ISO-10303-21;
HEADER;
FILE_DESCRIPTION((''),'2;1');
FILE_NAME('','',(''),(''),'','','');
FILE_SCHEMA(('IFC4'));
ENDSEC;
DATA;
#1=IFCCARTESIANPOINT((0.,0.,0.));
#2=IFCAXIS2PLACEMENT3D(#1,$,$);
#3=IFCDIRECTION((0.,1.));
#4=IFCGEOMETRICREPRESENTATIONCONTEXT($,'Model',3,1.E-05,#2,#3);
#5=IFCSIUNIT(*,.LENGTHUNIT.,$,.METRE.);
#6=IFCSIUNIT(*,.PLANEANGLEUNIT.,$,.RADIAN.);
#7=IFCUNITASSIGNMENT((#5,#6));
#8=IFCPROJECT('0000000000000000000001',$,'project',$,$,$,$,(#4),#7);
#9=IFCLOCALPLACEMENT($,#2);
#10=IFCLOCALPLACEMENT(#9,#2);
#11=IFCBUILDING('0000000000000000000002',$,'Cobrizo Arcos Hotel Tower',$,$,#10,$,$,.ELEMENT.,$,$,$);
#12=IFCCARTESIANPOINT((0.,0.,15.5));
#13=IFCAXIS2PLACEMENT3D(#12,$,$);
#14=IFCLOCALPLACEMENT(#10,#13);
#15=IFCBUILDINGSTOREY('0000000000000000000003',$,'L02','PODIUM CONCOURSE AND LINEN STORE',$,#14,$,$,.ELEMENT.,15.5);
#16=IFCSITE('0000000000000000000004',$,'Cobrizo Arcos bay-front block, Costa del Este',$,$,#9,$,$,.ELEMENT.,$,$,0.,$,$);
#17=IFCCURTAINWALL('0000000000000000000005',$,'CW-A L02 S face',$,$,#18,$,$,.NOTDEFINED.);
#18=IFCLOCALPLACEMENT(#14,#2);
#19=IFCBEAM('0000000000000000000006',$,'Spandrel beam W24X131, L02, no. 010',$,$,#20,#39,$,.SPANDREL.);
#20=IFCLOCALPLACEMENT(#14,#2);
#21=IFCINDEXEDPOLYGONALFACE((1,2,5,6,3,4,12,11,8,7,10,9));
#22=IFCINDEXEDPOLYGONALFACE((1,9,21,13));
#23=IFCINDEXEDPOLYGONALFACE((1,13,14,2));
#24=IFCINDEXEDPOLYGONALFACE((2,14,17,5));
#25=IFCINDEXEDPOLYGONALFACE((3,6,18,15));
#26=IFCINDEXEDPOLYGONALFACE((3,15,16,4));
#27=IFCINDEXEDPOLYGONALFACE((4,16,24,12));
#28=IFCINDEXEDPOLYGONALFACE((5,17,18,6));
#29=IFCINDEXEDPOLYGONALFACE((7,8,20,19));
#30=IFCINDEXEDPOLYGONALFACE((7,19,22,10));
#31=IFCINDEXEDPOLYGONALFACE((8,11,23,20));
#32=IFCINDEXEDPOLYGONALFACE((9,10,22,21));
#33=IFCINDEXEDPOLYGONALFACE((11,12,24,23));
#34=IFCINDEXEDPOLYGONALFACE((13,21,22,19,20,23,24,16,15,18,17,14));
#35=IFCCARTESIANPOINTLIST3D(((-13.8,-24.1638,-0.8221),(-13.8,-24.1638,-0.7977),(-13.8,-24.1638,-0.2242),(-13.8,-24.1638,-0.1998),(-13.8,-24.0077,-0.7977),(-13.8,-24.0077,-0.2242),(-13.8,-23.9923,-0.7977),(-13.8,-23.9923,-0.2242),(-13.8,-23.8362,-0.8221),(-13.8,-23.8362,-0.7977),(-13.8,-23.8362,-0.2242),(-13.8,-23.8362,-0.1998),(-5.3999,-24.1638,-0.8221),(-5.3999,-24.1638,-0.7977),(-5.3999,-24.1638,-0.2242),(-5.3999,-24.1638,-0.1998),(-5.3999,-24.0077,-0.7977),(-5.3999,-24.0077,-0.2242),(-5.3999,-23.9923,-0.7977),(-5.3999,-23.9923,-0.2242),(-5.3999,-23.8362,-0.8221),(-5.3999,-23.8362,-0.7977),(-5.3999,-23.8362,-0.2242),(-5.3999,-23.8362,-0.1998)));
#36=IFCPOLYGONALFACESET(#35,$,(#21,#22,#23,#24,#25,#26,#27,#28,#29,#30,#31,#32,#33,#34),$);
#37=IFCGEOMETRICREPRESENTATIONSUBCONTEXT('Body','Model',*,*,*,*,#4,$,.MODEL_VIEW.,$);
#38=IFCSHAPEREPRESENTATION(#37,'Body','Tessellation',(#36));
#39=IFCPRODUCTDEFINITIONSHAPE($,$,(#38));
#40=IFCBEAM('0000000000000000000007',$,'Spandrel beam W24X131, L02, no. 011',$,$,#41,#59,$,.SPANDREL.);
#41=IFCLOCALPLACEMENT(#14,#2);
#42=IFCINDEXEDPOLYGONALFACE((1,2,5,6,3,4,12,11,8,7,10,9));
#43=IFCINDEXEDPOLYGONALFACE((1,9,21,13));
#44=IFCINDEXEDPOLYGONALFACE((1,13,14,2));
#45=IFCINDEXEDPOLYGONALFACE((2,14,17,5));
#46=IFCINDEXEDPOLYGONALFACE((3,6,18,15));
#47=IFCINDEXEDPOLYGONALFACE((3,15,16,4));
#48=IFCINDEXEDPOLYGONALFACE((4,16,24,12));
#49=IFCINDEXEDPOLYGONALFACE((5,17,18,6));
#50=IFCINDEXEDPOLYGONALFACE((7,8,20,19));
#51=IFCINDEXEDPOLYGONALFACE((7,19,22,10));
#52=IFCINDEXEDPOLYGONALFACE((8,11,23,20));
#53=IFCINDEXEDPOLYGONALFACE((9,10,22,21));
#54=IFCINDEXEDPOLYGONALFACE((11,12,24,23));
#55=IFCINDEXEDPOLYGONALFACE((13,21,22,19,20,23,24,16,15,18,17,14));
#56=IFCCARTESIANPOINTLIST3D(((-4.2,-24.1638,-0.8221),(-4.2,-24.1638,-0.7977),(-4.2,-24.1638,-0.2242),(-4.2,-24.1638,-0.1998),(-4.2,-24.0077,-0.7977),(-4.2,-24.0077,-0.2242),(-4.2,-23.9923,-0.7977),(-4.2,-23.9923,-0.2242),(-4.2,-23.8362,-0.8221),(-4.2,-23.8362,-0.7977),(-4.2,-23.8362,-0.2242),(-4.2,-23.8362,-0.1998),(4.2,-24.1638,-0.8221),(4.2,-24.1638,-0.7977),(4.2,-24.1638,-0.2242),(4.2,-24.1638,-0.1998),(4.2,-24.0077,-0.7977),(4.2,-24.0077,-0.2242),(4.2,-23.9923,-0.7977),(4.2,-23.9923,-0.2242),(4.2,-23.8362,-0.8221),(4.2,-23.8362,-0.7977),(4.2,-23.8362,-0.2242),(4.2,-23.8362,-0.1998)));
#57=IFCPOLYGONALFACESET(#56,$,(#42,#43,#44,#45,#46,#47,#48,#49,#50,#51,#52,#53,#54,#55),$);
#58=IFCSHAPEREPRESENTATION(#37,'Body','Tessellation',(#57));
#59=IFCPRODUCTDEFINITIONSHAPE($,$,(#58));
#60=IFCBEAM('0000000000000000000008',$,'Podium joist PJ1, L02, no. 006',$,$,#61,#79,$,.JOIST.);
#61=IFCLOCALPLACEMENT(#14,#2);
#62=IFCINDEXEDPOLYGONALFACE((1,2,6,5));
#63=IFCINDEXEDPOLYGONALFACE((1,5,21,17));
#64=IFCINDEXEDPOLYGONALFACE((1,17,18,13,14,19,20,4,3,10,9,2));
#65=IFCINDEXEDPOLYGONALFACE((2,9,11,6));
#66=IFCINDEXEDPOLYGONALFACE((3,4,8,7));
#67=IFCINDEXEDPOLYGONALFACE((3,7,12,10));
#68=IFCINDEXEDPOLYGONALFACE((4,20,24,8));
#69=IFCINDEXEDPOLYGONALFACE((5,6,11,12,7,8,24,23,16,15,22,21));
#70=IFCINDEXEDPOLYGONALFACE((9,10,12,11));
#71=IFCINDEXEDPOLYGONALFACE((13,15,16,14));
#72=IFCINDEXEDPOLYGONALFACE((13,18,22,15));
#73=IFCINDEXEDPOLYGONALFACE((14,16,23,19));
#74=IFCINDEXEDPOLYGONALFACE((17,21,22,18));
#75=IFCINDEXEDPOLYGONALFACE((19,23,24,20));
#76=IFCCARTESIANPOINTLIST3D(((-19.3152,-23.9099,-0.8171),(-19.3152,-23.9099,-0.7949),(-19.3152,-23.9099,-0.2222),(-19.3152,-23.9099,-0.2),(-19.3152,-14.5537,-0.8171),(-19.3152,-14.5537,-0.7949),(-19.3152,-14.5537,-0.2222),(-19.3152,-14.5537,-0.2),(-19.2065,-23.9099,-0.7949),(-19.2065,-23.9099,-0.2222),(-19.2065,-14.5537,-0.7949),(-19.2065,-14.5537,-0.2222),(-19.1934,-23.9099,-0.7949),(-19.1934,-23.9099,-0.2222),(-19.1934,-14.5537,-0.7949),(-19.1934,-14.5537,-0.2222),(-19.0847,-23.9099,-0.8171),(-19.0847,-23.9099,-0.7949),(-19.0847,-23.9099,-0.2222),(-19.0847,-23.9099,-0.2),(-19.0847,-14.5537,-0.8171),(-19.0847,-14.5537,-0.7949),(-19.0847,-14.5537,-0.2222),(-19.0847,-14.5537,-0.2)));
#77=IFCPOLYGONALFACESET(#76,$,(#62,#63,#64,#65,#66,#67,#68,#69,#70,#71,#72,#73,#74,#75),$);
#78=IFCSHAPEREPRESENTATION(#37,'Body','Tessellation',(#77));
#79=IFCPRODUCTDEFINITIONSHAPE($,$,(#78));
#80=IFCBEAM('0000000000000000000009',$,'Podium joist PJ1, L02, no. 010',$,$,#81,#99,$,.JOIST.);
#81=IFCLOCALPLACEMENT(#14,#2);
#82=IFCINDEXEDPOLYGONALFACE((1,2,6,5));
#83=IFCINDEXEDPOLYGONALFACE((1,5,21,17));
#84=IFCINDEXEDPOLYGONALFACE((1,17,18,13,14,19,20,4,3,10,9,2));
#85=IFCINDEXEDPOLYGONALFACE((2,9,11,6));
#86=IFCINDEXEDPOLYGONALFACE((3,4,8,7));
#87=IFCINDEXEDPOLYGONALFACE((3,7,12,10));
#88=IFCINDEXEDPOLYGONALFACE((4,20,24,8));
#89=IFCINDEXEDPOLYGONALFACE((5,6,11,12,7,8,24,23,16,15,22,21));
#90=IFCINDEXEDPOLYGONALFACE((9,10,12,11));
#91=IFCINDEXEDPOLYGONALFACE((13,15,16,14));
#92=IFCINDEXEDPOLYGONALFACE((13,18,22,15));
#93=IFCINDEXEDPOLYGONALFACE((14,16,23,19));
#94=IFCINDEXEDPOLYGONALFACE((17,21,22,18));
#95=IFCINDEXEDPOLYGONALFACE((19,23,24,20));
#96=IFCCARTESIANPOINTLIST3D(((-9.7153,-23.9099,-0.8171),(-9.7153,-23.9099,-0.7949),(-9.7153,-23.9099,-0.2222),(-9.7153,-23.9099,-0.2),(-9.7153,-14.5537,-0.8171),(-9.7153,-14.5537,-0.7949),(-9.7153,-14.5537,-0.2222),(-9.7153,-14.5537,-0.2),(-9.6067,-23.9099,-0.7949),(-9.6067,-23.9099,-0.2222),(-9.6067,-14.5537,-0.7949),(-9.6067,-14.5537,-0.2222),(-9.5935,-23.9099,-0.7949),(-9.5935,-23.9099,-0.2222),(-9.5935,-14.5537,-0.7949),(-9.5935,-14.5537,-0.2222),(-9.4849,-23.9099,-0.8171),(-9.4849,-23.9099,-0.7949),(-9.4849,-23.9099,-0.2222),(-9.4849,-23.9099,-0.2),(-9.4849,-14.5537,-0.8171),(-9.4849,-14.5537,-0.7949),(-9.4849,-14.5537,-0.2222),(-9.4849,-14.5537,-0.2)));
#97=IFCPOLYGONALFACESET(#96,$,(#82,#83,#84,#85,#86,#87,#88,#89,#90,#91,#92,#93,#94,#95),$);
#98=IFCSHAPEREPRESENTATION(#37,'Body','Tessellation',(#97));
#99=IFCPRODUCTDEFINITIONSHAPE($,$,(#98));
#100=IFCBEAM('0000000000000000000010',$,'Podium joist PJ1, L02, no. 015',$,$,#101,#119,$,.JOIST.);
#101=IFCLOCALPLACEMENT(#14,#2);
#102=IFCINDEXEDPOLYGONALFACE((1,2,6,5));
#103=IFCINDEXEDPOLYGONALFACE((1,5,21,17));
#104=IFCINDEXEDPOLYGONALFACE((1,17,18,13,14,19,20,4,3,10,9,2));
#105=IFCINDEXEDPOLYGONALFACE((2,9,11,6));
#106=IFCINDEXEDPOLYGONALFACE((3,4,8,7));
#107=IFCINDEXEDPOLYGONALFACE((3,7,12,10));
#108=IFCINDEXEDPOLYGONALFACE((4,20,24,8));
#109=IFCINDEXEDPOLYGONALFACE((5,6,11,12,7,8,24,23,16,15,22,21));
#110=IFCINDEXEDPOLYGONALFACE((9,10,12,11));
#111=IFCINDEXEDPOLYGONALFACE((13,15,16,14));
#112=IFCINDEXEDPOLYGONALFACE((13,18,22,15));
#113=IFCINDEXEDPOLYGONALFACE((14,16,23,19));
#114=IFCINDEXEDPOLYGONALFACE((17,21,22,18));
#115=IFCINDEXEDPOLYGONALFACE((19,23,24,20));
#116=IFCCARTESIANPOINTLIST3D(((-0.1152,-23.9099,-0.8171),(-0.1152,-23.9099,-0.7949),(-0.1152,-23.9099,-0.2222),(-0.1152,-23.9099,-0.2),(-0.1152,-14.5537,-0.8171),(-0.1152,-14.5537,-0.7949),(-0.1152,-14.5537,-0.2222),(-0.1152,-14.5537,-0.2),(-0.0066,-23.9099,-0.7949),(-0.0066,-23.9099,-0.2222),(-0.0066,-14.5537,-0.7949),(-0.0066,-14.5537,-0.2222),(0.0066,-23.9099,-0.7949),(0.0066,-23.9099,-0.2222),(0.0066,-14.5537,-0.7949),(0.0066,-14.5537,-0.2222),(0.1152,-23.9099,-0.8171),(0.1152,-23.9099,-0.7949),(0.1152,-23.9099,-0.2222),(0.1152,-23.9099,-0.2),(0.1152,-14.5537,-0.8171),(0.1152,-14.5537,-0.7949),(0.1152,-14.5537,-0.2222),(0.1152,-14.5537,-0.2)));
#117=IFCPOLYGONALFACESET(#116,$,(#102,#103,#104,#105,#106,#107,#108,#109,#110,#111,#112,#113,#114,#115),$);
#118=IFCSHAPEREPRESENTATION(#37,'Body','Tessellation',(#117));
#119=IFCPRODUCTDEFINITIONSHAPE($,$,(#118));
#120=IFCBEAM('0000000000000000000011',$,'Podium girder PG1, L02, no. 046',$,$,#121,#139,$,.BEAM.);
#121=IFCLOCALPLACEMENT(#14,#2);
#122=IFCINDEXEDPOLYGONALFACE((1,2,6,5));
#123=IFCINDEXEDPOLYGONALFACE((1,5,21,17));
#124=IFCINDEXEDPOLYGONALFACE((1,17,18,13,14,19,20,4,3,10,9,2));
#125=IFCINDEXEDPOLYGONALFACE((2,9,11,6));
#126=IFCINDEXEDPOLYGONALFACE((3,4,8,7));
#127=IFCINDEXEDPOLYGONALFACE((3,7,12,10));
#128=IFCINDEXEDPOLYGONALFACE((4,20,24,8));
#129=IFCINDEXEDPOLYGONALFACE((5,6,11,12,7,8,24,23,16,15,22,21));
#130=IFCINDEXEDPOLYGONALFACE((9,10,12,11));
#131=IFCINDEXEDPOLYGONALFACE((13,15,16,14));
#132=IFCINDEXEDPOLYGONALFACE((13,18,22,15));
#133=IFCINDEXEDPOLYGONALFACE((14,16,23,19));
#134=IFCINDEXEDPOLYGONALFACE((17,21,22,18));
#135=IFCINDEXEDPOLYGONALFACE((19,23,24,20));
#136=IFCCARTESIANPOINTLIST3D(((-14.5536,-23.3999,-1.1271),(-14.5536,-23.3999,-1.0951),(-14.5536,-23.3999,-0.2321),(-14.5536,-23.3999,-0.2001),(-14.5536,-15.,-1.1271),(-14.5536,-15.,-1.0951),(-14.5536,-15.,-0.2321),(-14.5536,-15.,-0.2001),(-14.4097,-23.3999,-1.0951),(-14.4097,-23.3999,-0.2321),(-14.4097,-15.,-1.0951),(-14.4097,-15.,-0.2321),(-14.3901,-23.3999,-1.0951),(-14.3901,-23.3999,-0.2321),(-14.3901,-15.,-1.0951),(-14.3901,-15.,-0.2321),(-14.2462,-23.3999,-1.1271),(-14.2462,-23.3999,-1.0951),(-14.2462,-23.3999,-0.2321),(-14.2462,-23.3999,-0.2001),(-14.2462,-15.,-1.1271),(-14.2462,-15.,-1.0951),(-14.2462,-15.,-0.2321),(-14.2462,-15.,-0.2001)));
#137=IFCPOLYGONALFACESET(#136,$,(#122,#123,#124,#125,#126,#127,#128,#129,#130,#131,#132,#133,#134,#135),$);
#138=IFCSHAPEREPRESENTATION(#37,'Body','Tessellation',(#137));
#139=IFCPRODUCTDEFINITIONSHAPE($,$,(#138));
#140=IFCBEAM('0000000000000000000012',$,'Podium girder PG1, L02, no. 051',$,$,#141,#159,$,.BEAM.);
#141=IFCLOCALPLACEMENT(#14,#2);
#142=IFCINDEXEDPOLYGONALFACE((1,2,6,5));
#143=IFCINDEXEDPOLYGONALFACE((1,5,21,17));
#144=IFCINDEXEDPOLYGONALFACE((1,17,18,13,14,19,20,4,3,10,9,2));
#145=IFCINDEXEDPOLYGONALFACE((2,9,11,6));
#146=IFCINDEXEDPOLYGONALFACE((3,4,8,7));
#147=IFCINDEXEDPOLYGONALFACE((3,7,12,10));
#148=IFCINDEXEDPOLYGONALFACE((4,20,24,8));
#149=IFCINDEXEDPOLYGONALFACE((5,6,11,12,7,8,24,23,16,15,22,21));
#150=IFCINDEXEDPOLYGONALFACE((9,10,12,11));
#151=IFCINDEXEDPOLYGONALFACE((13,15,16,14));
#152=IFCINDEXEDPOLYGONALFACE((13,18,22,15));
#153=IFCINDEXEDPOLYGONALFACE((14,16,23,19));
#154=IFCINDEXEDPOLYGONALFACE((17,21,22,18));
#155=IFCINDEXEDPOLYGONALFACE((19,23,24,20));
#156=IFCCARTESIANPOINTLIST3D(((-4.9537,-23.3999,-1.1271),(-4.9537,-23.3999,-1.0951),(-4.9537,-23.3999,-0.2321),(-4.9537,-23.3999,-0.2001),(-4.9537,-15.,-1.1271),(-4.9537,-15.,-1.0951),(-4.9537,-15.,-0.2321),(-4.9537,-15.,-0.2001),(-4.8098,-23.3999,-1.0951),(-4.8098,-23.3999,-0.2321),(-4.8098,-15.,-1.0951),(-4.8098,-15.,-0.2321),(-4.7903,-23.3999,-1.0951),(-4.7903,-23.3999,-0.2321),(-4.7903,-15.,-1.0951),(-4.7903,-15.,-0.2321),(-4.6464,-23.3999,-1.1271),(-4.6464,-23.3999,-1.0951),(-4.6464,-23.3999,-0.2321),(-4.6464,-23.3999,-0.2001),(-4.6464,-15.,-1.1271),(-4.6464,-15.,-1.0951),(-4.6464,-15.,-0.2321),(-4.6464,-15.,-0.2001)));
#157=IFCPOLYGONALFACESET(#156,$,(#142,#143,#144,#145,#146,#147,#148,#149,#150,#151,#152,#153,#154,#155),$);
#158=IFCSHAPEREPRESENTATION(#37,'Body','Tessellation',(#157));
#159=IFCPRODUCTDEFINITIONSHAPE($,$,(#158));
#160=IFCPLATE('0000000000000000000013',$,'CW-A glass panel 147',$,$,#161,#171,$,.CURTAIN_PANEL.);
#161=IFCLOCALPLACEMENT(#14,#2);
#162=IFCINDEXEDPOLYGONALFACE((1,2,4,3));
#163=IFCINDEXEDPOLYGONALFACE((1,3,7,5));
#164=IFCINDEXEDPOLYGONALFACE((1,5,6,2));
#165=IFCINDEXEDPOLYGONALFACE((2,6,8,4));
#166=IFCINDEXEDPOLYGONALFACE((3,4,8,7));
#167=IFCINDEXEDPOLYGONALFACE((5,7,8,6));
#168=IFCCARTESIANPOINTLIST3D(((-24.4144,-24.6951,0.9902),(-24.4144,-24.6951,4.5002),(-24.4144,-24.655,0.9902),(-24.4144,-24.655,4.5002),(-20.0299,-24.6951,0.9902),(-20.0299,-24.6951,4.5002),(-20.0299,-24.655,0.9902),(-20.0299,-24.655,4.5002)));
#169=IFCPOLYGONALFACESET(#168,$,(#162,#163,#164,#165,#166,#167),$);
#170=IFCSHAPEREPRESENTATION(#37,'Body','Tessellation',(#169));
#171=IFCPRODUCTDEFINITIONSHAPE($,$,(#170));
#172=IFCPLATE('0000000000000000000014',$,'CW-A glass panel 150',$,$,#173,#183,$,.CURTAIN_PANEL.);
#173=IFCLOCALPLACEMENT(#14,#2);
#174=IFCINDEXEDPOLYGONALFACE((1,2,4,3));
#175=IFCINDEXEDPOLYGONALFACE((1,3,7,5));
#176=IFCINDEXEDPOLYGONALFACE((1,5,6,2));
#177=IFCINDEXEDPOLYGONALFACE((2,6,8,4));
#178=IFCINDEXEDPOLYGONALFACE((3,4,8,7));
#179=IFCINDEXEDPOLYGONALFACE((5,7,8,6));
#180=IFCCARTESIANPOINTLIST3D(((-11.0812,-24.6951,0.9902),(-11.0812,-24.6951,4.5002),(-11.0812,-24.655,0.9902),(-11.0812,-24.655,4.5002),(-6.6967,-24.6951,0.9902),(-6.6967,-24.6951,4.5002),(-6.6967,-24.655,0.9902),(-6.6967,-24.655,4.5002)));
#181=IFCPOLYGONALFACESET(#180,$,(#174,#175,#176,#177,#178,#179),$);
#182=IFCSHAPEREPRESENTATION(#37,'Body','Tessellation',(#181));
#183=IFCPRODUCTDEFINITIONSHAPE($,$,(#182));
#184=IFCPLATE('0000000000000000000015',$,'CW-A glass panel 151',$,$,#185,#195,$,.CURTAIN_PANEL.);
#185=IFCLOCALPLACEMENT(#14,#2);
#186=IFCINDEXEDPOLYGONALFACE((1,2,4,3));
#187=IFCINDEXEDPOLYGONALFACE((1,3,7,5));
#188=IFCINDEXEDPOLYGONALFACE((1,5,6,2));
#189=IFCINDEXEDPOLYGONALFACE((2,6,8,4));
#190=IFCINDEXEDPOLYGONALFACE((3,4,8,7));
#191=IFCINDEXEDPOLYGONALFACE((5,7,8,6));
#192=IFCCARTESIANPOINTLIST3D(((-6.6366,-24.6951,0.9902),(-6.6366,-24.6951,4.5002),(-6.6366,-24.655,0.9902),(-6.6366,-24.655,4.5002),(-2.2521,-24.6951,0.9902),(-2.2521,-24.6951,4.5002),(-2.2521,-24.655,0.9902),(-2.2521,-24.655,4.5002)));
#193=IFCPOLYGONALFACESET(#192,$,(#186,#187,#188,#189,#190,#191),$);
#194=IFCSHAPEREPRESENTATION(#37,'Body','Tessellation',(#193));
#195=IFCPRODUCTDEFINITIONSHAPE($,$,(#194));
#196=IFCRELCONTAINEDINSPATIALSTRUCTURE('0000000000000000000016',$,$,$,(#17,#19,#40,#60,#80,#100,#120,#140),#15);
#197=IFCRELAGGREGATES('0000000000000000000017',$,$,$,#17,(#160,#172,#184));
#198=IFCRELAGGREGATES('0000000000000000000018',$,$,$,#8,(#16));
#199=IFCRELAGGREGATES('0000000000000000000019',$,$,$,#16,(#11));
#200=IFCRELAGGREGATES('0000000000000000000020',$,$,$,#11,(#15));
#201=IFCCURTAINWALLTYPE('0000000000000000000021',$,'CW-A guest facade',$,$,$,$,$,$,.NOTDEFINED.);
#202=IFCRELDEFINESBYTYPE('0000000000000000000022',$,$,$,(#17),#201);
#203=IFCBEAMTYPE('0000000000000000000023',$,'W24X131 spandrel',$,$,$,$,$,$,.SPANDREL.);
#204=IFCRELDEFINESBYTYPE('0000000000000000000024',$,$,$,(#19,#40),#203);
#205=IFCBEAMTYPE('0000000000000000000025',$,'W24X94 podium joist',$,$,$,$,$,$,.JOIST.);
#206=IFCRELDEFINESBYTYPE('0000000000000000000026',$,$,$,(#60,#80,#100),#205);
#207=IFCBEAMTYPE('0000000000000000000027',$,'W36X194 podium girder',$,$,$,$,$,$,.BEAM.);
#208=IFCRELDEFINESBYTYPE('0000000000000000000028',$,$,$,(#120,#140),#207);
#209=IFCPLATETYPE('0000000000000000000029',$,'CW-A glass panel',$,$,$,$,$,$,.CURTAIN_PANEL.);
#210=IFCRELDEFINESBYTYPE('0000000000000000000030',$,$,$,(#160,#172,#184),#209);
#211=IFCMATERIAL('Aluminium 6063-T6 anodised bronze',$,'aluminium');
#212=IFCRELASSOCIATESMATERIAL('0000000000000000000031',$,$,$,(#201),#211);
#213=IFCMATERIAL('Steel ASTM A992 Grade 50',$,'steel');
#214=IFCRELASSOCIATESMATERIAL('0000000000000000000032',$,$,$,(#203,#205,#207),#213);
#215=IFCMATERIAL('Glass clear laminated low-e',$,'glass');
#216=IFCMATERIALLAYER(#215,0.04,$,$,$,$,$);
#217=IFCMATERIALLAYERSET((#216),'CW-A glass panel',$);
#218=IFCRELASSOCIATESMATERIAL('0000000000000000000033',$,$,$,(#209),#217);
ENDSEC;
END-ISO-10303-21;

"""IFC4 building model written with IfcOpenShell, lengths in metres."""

from ifc_helpers import new_model, si_unit, direction, frame, origin, origin_2d, place, context, subcontext, project, spatial, rectangle, i_section, extrude, material, layer, layer_set, material_profile, profile_set, type_object, element, aggregate, save


model = new_model("IFC4")

# Units and contexts
model_context = context("Model", 3, precision=1e-05, world=origin(), true_north=direction((0.0, 1.0)))
body_context = subcontext(model_context, "Body", "Model", "MODEL_VIEW")
ifc_project = project(units=[si_unit("LENGTHUNIT", "METRE"), si_unit("PLANEANGLEUNIT", "RADIAN")], contexts=[model_context])

# Site, building, storey
site_placement = place(None, origin())
site = spatial("IfcSite", under=ifc_project, at=site_placement, Name="Cobrizo Arcos bay-front block, Costa del Este", CompositionType="ELEMENT", RefElevation=0.0)
building_placement = place(site_placement, origin())
building = spatial("IfcBuilding", under=site, at=building_placement, Name="Cobrizo Arcos Hotel Tower", CompositionType="ELEMENT")
storey_placement = place(building_placement, frame((0.0, 0.0, 15.5)))
storey = spatial("IfcBuildingStorey", under=building, at=storey_placement, Name="L02", Description="PODIUM CONCOURSE AND LINEN STORE", CompositionType="ELEMENT", Elevation=15.5)

# Curtain wall
ifc_material_1 = material(Name="Aluminium 6063-T6 anodised bronze", Category="aluminium")
curtain_wall_type = type_object("IfcCurtainWallType", Name="CW-A guest facade", PredefinedType="NOTDEFINED", material=ifc_material_1)
curtain_wall_placement = place(storey_placement, origin())
curtain_wall = element("IfcCurtainWall", 1, at=curtain_wall_placement, inside=storey, type_object=curtain_wall_type, Name="CW-A L02 S face", PredefinedType="NOTDEFINED")

# Beams
ifc_material_2 = material(Name="Steel ASTM A992 Grade 50", Category="steel")
ifc_material_profile_1 = material_profile(ifc_material_2, i_section(OverallWidth=0.3276, OverallDepth=0.6223, WebThickness=0.0154, FlangeThickness=0.0244, at=origin_2d()), Name="W24X131")
ifc_profile_set_1 = profile_set([ifc_material_profile_1], Name="Steel ASTM A992 Grade 50")
beam_type_1 = type_object("IfcBeamType", Name="W24X131 spandrel", PredefinedType="SPANDREL", material=ifc_profile_set_1)
beam_1_placement = place(storey_placement, frame((-13.8, -24.0, -0.511), z_axis=(1.0, 0.0, 0.0), x_axis=(0.0, 1.0, 0.0)))
element("IfcBeam", 2, at=beam_1_placement, inside=storey, type_object=beam_type_1, Name="Spandrel beam W24X131, L02, no. 010", PredefinedType="SPANDREL", context=body_context, shape_type="SweptSolid", body=[
    extrude(i_section(OverallWidth=0.3276, OverallDepth=0.6223, WebThickness=0.0154, FlangeThickness=0.0244, at=origin_2d()), origin(), (0.0, 0.0, 1.0), 8.4001),
])
beam_2_placement = place(storey_placement, frame((-4.2, -24.0, -0.511), z_axis=(1.0, 0.0, 0.0), x_axis=(0.0, 1.0, 0.0)))
element("IfcBeam", 3, at=beam_2_placement, inside=storey, type_object=beam_type_1, Name="Spandrel beam W24X131, L02, no. 011", PredefinedType="SPANDREL", context=body_context, shape_type="SweptSolid", body=[
    extrude(i_section(OverallWidth=0.3276, OverallDepth=0.6223, WebThickness=0.0154, FlangeThickness=0.0244, at=origin_2d()), origin(), (0.0, 0.0, 1.0), 8.3999),
])
ifc_material_profile_2 = material_profile(ifc_material_2, i_section(OverallWidth=0.2305, OverallDepth=0.6172, WebThickness=0.0132, FlangeThickness=0.0222, at=origin_2d()), Name="W24X94")
ifc_profile_set_2 = profile_set([ifc_material_profile_2], Name="Steel ASTM A992 Grade 50")
beam_type_2 = type_object("IfcBeamType", Name="W24X94 podium joist", PredefinedType="JOIST", material=ifc_profile_set_2)
for number, where, z_axis, x_axis, name in (
    (4, (-19.2, -23.9099, -0.5085), (0.0, 1.0, 0.0), (-1.0, 0.0, 0.0), "Podium joist PJ1, L02, no. 006"),
    (5, (-9.6001, -23.9099, -0.5085), (0.0, 1.0, 0.0), (-1.0, 0.0, 0.0), "Podium joist PJ1, L02, no. 010"),
    (6, (0.0, -23.9099, -0.5085), (0.0, 1.0, 0.0), (-1.0, 0.0, 0.0), "Podium joist PJ1, L02, no. 015"),
):
    element("IfcBeam", number, at=place(storey_placement, frame(where, z_axis=z_axis, x_axis=x_axis)), inside=storey, type_object=beam_type_2, Name=name, PredefinedType="JOIST", context=body_context, shape_type="SweptSolid", body=[
        extrude(i_section(OverallWidth=0.2305, OverallDepth=0.6172, WebThickness=0.0132, FlangeThickness=0.0222, at=origin_2d()), origin(), (0.0, 0.0, 1.0), 9.3562),
    ])
ifc_material_profile_3 = material_profile(ifc_material_2, i_section(OverallWidth=0.3074, OverallDepth=0.927, WebThickness=0.0195, FlangeThickness=0.032, at=origin_2d()), Name="W36X194")
ifc_profile_set_3 = profile_set([ifc_material_profile_3], Name="Steel ASTM A992 Grade 50")
beam_type_3 = type_object("IfcBeamType", Name="W36X194 podium girder", PredefinedType="BEAM", material=ifc_profile_set_3)
for number, where, z_axis, x_axis, name in (
    (7, (-14.3999, -23.3999, -0.6636), (0.0, 1.0, 0.0), (-1.0, 0.0, 0.0), "Podium girder PG1, L02, no. 046"),
    (8, (-4.8, -23.3999, -0.6636), (0.0, 1.0, 0.0), (-1.0, 0.0, 0.0), "Podium girder PG1, L02, no. 051"),
):
    element("IfcBeam", number, at=place(storey_placement, frame(where, z_axis=z_axis, x_axis=x_axis)), inside=storey, type_object=beam_type_3, Name=name, PredefinedType="BEAM", context=body_context, shape_type="SweptSolid", body=[
        extrude(i_section(OverallWidth=0.3074, OverallDepth=0.927, WebThickness=0.0195, FlangeThickness=0.032, at=origin_2d()), origin(), (0.0, 0.0, 1.0), 8.3999),
    ])

# Plates
ifc_material_3 = material(Name="Glass clear laminated low-e", Category="glass")
ifc_layer_1 = layer(ifc_material_3, 0.04)
ifc_layer_set_1 = layer_set([ifc_layer_1], Name="CW-A glass panel")
plate_type_1 = type_object("IfcPlateType", Name="CW-A glass panel", PredefinedType="CURTAIN_PANEL", material=ifc_layer_set_1)
plate_1_placement = place(storey_placement, frame((-22.2222, -24.675, 0.9902), z_axis=(0.0, 0.0, 1.0), x_axis=(1.0, 0.0, 0.0)))
plate_1 = element("IfcPlate", 9, at=plate_1_placement, type_object=plate_type_1, Name="CW-A glass panel 147", PredefinedType="CURTAIN_PANEL", context=body_context, shape_type="SweptSolid", body=[
    extrude(rectangle(XDim=4.3845, YDim=0.04, at=origin_2d()), origin(), (0.0, 0.0, 1.0), 3.51),
])
plate_2_placement = place(storey_placement, frame((-8.8889, -24.675, 0.9902), z_axis=(0.0, 0.0, 1.0), x_axis=(1.0, 0.0, 0.0)))
plate_2 = element("IfcPlate", 10, at=plate_2_placement, type_object=plate_type_1, Name="CW-A glass panel 150", PredefinedType="CURTAIN_PANEL", context=body_context, shape_type="SweptSolid", body=[
    extrude(rectangle(XDim=4.3845, YDim=0.04, at=origin_2d()), origin(), (0.0, 0.0, 1.0), 3.51),
])
plate_3_placement = place(storey_placement, frame((-4.4443, -24.675, 0.9902), z_axis=(0.0, 0.0, 1.0), x_axis=(1.0, 0.0, 0.0)))
plate_3 = element("IfcPlate", 11, at=plate_3_placement, type_object=plate_type_1, Name="CW-A glass panel 151", PredefinedType="CURTAIN_PANEL", context=body_context, shape_type="SweptSolid", body=[
    extrude(rectangle(XDim=4.3845, YDim=0.04, at=origin_2d()), origin(), (0.0, 0.0, 1.0), 3.51),
])
aggregate(curtain_wall, [plate_1, plate_2, plate_3])

save(model, "model.ifc")
